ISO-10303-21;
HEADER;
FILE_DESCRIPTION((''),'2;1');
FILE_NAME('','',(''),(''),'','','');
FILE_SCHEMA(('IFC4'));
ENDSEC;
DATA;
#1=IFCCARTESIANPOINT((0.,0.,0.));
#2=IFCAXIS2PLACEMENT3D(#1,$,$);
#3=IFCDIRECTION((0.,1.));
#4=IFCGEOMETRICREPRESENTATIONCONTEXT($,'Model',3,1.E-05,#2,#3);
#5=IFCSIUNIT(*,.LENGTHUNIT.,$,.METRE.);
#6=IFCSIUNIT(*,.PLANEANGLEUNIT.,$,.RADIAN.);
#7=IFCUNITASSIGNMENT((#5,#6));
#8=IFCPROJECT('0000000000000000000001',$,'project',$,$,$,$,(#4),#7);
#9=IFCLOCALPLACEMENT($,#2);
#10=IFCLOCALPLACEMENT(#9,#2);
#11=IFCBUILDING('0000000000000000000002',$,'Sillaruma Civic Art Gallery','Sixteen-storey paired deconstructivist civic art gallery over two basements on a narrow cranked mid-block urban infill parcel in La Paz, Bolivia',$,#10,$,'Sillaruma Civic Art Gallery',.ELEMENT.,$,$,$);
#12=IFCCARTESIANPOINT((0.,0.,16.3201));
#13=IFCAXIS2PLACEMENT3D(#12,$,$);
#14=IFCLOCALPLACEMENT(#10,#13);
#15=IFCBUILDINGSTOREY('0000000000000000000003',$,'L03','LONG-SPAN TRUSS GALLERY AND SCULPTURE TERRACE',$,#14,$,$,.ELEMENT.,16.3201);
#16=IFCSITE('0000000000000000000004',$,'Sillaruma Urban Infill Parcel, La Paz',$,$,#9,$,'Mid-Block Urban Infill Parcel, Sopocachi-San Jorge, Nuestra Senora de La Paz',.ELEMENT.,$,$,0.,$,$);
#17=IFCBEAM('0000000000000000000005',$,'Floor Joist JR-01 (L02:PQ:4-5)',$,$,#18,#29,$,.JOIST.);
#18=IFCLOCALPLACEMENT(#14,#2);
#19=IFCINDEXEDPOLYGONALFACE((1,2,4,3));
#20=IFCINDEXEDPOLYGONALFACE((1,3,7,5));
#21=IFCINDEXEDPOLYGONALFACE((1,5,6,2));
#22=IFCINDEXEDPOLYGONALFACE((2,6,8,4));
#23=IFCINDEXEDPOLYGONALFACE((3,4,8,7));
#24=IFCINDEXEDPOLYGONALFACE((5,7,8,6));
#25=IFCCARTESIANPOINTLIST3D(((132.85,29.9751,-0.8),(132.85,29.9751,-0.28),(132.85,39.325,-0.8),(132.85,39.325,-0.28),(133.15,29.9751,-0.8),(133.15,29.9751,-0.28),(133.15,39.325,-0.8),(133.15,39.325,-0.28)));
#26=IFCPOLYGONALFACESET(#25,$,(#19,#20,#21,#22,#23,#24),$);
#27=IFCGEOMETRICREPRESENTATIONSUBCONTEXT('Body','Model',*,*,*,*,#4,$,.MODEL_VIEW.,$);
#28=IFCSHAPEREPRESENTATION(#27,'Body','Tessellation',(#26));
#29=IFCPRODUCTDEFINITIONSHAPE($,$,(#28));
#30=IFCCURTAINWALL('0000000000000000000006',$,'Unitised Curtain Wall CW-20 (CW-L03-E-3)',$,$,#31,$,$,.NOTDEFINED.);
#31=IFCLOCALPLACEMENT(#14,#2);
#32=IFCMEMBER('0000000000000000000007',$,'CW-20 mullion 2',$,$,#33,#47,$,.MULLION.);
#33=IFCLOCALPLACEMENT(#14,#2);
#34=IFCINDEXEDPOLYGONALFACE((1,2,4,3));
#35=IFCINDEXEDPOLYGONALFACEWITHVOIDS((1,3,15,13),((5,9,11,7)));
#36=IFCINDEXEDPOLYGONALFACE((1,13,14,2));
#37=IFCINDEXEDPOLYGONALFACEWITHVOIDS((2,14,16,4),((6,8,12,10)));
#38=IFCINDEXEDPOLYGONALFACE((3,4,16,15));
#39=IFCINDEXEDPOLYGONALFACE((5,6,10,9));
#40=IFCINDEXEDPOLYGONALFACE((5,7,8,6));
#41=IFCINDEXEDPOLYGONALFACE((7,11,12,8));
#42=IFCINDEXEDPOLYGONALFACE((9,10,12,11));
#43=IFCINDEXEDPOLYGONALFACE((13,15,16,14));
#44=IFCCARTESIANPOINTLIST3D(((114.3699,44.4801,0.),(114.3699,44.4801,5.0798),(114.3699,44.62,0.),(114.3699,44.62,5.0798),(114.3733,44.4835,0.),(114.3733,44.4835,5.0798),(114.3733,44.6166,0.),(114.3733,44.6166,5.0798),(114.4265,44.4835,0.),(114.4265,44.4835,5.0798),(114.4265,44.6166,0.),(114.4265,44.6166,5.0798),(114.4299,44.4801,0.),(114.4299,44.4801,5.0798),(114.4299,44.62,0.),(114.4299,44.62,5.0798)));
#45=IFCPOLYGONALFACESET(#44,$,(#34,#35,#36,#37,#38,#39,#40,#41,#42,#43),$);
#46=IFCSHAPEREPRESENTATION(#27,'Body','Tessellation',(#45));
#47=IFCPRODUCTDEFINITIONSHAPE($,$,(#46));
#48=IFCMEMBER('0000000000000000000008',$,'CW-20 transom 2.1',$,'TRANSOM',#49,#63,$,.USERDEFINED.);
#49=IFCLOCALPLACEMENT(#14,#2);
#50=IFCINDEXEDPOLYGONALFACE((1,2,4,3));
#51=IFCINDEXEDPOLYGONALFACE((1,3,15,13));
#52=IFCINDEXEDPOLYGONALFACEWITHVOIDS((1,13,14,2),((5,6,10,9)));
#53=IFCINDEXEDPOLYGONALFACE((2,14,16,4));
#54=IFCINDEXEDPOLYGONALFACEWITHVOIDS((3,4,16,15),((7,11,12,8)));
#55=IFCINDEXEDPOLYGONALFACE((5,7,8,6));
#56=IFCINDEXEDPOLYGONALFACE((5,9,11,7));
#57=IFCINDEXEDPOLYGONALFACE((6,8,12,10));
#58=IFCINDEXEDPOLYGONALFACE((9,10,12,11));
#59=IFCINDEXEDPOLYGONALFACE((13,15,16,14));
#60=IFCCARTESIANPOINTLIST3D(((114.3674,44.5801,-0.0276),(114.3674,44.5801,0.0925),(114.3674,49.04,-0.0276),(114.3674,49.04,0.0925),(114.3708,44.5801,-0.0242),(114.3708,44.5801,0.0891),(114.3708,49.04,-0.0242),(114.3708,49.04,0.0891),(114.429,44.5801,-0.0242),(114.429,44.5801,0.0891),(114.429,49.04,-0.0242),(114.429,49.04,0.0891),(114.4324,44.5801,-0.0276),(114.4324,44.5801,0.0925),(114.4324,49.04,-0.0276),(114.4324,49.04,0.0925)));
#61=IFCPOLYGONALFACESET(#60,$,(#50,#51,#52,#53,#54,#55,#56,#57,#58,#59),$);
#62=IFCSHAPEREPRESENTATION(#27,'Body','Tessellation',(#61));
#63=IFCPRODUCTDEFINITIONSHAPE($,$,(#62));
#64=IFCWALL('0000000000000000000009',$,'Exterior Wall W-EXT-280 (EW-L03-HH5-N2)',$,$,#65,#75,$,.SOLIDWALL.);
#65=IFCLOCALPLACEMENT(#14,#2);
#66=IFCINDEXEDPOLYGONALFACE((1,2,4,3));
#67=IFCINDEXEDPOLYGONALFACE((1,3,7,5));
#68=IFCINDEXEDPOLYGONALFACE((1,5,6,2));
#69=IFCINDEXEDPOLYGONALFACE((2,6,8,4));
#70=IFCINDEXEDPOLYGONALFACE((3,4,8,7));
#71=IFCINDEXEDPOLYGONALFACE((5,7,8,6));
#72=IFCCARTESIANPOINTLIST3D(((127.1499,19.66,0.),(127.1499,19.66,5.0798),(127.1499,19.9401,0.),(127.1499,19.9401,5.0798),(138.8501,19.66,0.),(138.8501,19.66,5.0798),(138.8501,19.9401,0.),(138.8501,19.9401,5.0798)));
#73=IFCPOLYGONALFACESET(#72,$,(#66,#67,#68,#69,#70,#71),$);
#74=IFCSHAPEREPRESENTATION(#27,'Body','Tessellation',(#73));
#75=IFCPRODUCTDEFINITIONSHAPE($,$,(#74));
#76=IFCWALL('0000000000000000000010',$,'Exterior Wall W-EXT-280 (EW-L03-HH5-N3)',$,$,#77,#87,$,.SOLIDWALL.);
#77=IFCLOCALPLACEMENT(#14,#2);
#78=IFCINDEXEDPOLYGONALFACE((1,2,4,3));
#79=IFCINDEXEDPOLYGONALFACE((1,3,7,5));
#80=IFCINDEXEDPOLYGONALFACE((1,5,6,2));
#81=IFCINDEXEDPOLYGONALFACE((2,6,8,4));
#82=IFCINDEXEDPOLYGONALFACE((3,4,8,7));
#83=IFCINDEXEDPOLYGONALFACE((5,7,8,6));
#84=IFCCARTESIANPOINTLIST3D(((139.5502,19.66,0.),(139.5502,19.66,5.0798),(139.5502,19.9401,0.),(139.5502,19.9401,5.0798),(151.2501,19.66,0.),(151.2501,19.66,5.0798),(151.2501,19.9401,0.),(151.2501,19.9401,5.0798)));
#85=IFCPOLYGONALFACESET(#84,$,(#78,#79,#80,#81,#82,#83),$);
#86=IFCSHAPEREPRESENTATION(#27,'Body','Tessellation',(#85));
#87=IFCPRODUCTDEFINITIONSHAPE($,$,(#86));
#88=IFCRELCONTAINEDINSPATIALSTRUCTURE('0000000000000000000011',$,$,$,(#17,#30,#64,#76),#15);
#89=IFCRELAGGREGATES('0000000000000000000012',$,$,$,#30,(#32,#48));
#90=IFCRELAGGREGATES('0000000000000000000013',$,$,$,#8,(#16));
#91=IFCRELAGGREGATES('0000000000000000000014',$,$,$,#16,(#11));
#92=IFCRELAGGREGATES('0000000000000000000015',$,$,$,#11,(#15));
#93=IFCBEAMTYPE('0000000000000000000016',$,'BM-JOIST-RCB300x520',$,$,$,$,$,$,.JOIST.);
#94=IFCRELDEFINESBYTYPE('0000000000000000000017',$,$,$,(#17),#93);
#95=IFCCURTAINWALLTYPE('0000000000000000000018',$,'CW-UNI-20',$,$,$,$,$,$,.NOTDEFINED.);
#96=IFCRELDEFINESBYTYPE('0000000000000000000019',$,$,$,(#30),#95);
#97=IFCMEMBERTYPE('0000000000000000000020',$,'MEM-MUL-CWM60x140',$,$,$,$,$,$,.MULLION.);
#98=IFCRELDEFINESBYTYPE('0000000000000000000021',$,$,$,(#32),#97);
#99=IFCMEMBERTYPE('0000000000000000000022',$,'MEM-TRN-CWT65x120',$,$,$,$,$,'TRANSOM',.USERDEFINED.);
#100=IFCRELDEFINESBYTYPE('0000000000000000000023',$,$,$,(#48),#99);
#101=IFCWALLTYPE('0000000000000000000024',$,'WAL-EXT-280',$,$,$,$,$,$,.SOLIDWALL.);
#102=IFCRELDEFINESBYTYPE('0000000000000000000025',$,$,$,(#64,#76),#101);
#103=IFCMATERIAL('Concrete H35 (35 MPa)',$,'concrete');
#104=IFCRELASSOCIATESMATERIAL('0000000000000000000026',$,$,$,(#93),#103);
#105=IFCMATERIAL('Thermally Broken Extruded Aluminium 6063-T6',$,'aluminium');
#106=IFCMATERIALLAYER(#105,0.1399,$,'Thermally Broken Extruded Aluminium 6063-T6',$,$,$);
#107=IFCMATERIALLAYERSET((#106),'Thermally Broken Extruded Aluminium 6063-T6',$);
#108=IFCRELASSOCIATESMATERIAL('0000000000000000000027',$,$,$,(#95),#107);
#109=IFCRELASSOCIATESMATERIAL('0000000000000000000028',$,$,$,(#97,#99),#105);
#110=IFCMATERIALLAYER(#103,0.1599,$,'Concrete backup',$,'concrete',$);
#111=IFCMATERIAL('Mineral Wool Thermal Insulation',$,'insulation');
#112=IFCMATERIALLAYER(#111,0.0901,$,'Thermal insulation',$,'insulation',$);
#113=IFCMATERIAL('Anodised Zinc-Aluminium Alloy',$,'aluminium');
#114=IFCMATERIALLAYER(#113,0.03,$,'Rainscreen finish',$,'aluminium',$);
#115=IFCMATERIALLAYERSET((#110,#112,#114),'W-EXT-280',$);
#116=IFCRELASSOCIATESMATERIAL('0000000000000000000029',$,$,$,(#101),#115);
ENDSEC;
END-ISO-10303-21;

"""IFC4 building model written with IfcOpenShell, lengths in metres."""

from ifc_helpers import new_model, si_unit, direction, frame, frame_2d, origin, origin_2d, place, context, subcontext, project, spatial, rectangle, hollow_rectangle, extrude, material, layer, layer_set, material_profile, profile_set, type_object, element, aggregate, save


model = new_model("IFC4")

# Units and contexts
model_context = context("Model", 3, precision=1e-05, world=origin(), true_north=direction((0.0, 1.0)))
body_context = subcontext(model_context, "Body", "Model", "MODEL_VIEW")
ifc_project = project(units=[si_unit("LENGTHUNIT", "METRE"), si_unit("PLANEANGLEUNIT", "RADIAN")], contexts=[model_context])

# Site, building, storey
site_placement = place(None, origin())
site = spatial("IfcSite", under=ifc_project, at=site_placement, Name="Sillaruma Urban Infill Parcel, La Paz", LongName="Mid-Block Urban Infill Parcel, Sopocachi-San Jorge, Nuestra Senora de La Paz", CompositionType="ELEMENT", RefElevation=0.0)
building_placement = place(site_placement, origin())
building = spatial("IfcBuilding", under=site, at=building_placement, Name="Sillaruma Civic Art Gallery", Description="Sixteen-storey paired deconstructivist civic art gallery over two basements on a narrow cranked mid-block urban infill parcel in La Paz, Bolivia", LongName="Sillaruma Civic Art Gallery", CompositionType="ELEMENT")
storey_placement = place(building_placement, frame((0.0, 0.0, 16.3201)))
storey = spatial("IfcBuildingStorey", under=building, at=storey_placement, Name="L03", Description="LONG-SPAN TRUSS GALLERY AND SCULPTURE TERRACE", CompositionType="ELEMENT", Elevation=16.3201)

# Beam
ifc_material_1 = material(Name="Concrete H35 (35 MPa)", Category="concrete")
ifc_material_profile_1 = material_profile(ifc_material_1, rectangle(XDim=0.3, YDim=0.52, at=origin_2d()), Name="RCB300x520")
ifc_profile_set_1 = profile_set([ifc_material_profile_1], Name="Concrete H35 (35 MPa)")
beam_type_1 = type_object("IfcBeamType", Name="BM-JOIST-RCB300x520", PredefinedType="JOIST", material=ifc_profile_set_1)
for number, where, z_axis, x_axis, name in (
    (1, (133.0, 29.9751, -0.54), (0.0, 1.0, 0.0), (-1.0, 0.0, 0.0), "Floor Joist JR-01 (L02:PQ:4-5)"),
):
    element("IfcBeam", number, at=place(storey_placement, frame(where, z_axis=z_axis, x_axis=x_axis)), inside=storey, type_object=beam_type_1, Name=name, PredefinedType="JOIST", context=body_context, shape_type="SweptSolid", body=[
        extrude(rectangle(XDim=0.3, YDim=0.52, at=origin_2d()), origin(), (0.0, 0.0, 1.0), 9.3499),
    ])

# Curtain wall, members
ifc_material_2 = material(Name="Thermally Broken Extruded Aluminium 6063-T6", Category="aluminium")
ifc_layer_1 = layer(ifc_material_2, 0.1399, Name="Thermally Broken Extruded Aluminium 6063-T6")
ifc_layer_set_1 = layer_set([ifc_layer_1], Name="Thermally Broken Extruded Aluminium 6063-T6")
curtain_wall_type = type_object("IfcCurtainWallType", Name="CW-UNI-20", PredefinedType="NOTDEFINED", material=ifc_layer_set_1)
curtain_wall_placement = place(storey_placement, origin())
curtain_wall = element("IfcCurtainWall", 2, at=curtain_wall_placement, inside=storey, type_object=curtain_wall_type, Name="Unitised Curtain Wall CW-20 (CW-L03-E-3)", PredefinedType="NOTDEFINED")
ifc_material_profile_2 = material_profile(ifc_material_2, hollow_rectangle(XDim=0.0601, YDim=0.1399, WallThickness=0.0034, at=origin_2d()), Name="CWM60x140")
ifc_profile_set_2 = profile_set([ifc_material_profile_2], Name="Thermally Broken Extruded Aluminium 6063-T6")
member_type_1 = type_object("IfcMemberType", Name="MEM-MUL-CWM60x140", PredefinedType="MULLION", material=ifc_profile_set_2)
member_1_placement = place(storey_placement, frame((114.3999, 44.55, 0.0), z_axis=(0.0, 0.0, 1.0), x_axis=(-1.0, 0.0, 0.0)))
member_1 = element("IfcMember", 3, at=member_1_placement, type_object=member_type_1, Name="CW-20 mullion 2", PredefinedType="MULLION", context=body_context, shape_type="SweptSolid", body=[
    extrude(hollow_rectangle(XDim=0.0601, YDim=0.1399, WallThickness=0.0034, at=origin_2d()), origin(), (0.0, 0.0, 1.0), 5.0798),
])
ifc_material_profile_3 = material_profile(ifc_material_2, hollow_rectangle(XDim=0.0649, YDim=0.1201, WallThickness=0.0034, at=origin_2d()), Name="CWT65x120")
ifc_profile_set_3 = profile_set([ifc_material_profile_3], Name="Thermally Broken Extruded Aluminium 6063-T6")
member_type_2 = type_object("IfcMemberType", Name="MEM-TRN-CWT65x120", ElementType="TRANSOM", PredefinedType="USERDEFINED", material=ifc_profile_set_3)
member_2_placement = place(storey_placement, frame((114.3999, 44.5801, 0.0325), z_axis=(0.0, 1.0, 0.0), x_axis=(-1.0, 0.0, 0.0)))
member_2 = element("IfcMember", 4, at=member_2_placement, type_object=member_type_2, Name="CW-20 transom 2.1", ObjectType="TRANSOM", PredefinedType="USERDEFINED", context=body_context, shape_type="SweptSolid", body=[
    extrude(hollow_rectangle(XDim=0.0649, YDim=0.1201, WallThickness=0.0034, at=origin_2d()), origin(), (0.0, 0.0, 1.0), 4.46),
])
aggregate(curtain_wall, [member_1, member_2])

# Walls
ifc_layer_2 = layer(ifc_material_1, 0.1599, Name="Concrete backup", Category="concrete")
ifc_material_3 = material(Name="Mineral Wool Thermal Insulation", Category="insulation")
ifc_layer_3 = layer(ifc_material_3, 0.0901, Name="Thermal insulation", Category="insulation")
ifc_material_4 = material(Name="Anodised Zinc-Aluminium Alloy", Category="aluminium")
ifc_layer_4 = layer(ifc_material_4, 0.03, Name="Rainscreen finish", Category="aluminium")
ifc_layer_set_2 = layer_set([ifc_layer_2, ifc_layer_3, ifc_layer_4], Name="W-EXT-280")
wall_type = type_object("IfcWallType", Name="WAL-EXT-280", PredefinedType="SOLIDWALL", material=ifc_layer_set_2)
wall_1_placement = place(storey_placement, frame((127.1499, 19.8, 0.0), z_axis=(0.0, 0.0, 1.0), x_axis=(1.0, 0.0, 0.0)))
element("IfcWall", 5, at=wall_1_placement, inside=storey, type_object=wall_type, Name="Exterior Wall W-EXT-280 (EW-L03-HH5-N2)", PredefinedType="SOLIDWALL", context=body_context, shape_type="SweptSolid", body=[
    extrude(rectangle(XDim=11.7002, YDim=0.28, at=frame_2d((5.8501, 0.0))), origin(), (0.0, 0.0, 1.0), 5.0798),
])
wall_2_placement = place(storey_placement, frame((139.55, 19.8, 0.0), z_axis=(0.0, 0.0, 1.0), x_axis=(1.0, 0.0, 0.0)))
element("IfcWall", 6, at=wall_2_placement, inside=storey, type_object=wall_type, Name="Exterior Wall W-EXT-280 (EW-L03-HH5-N3)", PredefinedType="SOLIDWALL", context=body_context, shape_type="SweptSolid", body=[
    extrude(rectangle(XDim=11.7, YDim=0.28, at=frame_2d((5.8501, 0.0))), origin(), (0.0, 0.0, 1.0), 5.0798),
])

save(model, "model.ifc")
